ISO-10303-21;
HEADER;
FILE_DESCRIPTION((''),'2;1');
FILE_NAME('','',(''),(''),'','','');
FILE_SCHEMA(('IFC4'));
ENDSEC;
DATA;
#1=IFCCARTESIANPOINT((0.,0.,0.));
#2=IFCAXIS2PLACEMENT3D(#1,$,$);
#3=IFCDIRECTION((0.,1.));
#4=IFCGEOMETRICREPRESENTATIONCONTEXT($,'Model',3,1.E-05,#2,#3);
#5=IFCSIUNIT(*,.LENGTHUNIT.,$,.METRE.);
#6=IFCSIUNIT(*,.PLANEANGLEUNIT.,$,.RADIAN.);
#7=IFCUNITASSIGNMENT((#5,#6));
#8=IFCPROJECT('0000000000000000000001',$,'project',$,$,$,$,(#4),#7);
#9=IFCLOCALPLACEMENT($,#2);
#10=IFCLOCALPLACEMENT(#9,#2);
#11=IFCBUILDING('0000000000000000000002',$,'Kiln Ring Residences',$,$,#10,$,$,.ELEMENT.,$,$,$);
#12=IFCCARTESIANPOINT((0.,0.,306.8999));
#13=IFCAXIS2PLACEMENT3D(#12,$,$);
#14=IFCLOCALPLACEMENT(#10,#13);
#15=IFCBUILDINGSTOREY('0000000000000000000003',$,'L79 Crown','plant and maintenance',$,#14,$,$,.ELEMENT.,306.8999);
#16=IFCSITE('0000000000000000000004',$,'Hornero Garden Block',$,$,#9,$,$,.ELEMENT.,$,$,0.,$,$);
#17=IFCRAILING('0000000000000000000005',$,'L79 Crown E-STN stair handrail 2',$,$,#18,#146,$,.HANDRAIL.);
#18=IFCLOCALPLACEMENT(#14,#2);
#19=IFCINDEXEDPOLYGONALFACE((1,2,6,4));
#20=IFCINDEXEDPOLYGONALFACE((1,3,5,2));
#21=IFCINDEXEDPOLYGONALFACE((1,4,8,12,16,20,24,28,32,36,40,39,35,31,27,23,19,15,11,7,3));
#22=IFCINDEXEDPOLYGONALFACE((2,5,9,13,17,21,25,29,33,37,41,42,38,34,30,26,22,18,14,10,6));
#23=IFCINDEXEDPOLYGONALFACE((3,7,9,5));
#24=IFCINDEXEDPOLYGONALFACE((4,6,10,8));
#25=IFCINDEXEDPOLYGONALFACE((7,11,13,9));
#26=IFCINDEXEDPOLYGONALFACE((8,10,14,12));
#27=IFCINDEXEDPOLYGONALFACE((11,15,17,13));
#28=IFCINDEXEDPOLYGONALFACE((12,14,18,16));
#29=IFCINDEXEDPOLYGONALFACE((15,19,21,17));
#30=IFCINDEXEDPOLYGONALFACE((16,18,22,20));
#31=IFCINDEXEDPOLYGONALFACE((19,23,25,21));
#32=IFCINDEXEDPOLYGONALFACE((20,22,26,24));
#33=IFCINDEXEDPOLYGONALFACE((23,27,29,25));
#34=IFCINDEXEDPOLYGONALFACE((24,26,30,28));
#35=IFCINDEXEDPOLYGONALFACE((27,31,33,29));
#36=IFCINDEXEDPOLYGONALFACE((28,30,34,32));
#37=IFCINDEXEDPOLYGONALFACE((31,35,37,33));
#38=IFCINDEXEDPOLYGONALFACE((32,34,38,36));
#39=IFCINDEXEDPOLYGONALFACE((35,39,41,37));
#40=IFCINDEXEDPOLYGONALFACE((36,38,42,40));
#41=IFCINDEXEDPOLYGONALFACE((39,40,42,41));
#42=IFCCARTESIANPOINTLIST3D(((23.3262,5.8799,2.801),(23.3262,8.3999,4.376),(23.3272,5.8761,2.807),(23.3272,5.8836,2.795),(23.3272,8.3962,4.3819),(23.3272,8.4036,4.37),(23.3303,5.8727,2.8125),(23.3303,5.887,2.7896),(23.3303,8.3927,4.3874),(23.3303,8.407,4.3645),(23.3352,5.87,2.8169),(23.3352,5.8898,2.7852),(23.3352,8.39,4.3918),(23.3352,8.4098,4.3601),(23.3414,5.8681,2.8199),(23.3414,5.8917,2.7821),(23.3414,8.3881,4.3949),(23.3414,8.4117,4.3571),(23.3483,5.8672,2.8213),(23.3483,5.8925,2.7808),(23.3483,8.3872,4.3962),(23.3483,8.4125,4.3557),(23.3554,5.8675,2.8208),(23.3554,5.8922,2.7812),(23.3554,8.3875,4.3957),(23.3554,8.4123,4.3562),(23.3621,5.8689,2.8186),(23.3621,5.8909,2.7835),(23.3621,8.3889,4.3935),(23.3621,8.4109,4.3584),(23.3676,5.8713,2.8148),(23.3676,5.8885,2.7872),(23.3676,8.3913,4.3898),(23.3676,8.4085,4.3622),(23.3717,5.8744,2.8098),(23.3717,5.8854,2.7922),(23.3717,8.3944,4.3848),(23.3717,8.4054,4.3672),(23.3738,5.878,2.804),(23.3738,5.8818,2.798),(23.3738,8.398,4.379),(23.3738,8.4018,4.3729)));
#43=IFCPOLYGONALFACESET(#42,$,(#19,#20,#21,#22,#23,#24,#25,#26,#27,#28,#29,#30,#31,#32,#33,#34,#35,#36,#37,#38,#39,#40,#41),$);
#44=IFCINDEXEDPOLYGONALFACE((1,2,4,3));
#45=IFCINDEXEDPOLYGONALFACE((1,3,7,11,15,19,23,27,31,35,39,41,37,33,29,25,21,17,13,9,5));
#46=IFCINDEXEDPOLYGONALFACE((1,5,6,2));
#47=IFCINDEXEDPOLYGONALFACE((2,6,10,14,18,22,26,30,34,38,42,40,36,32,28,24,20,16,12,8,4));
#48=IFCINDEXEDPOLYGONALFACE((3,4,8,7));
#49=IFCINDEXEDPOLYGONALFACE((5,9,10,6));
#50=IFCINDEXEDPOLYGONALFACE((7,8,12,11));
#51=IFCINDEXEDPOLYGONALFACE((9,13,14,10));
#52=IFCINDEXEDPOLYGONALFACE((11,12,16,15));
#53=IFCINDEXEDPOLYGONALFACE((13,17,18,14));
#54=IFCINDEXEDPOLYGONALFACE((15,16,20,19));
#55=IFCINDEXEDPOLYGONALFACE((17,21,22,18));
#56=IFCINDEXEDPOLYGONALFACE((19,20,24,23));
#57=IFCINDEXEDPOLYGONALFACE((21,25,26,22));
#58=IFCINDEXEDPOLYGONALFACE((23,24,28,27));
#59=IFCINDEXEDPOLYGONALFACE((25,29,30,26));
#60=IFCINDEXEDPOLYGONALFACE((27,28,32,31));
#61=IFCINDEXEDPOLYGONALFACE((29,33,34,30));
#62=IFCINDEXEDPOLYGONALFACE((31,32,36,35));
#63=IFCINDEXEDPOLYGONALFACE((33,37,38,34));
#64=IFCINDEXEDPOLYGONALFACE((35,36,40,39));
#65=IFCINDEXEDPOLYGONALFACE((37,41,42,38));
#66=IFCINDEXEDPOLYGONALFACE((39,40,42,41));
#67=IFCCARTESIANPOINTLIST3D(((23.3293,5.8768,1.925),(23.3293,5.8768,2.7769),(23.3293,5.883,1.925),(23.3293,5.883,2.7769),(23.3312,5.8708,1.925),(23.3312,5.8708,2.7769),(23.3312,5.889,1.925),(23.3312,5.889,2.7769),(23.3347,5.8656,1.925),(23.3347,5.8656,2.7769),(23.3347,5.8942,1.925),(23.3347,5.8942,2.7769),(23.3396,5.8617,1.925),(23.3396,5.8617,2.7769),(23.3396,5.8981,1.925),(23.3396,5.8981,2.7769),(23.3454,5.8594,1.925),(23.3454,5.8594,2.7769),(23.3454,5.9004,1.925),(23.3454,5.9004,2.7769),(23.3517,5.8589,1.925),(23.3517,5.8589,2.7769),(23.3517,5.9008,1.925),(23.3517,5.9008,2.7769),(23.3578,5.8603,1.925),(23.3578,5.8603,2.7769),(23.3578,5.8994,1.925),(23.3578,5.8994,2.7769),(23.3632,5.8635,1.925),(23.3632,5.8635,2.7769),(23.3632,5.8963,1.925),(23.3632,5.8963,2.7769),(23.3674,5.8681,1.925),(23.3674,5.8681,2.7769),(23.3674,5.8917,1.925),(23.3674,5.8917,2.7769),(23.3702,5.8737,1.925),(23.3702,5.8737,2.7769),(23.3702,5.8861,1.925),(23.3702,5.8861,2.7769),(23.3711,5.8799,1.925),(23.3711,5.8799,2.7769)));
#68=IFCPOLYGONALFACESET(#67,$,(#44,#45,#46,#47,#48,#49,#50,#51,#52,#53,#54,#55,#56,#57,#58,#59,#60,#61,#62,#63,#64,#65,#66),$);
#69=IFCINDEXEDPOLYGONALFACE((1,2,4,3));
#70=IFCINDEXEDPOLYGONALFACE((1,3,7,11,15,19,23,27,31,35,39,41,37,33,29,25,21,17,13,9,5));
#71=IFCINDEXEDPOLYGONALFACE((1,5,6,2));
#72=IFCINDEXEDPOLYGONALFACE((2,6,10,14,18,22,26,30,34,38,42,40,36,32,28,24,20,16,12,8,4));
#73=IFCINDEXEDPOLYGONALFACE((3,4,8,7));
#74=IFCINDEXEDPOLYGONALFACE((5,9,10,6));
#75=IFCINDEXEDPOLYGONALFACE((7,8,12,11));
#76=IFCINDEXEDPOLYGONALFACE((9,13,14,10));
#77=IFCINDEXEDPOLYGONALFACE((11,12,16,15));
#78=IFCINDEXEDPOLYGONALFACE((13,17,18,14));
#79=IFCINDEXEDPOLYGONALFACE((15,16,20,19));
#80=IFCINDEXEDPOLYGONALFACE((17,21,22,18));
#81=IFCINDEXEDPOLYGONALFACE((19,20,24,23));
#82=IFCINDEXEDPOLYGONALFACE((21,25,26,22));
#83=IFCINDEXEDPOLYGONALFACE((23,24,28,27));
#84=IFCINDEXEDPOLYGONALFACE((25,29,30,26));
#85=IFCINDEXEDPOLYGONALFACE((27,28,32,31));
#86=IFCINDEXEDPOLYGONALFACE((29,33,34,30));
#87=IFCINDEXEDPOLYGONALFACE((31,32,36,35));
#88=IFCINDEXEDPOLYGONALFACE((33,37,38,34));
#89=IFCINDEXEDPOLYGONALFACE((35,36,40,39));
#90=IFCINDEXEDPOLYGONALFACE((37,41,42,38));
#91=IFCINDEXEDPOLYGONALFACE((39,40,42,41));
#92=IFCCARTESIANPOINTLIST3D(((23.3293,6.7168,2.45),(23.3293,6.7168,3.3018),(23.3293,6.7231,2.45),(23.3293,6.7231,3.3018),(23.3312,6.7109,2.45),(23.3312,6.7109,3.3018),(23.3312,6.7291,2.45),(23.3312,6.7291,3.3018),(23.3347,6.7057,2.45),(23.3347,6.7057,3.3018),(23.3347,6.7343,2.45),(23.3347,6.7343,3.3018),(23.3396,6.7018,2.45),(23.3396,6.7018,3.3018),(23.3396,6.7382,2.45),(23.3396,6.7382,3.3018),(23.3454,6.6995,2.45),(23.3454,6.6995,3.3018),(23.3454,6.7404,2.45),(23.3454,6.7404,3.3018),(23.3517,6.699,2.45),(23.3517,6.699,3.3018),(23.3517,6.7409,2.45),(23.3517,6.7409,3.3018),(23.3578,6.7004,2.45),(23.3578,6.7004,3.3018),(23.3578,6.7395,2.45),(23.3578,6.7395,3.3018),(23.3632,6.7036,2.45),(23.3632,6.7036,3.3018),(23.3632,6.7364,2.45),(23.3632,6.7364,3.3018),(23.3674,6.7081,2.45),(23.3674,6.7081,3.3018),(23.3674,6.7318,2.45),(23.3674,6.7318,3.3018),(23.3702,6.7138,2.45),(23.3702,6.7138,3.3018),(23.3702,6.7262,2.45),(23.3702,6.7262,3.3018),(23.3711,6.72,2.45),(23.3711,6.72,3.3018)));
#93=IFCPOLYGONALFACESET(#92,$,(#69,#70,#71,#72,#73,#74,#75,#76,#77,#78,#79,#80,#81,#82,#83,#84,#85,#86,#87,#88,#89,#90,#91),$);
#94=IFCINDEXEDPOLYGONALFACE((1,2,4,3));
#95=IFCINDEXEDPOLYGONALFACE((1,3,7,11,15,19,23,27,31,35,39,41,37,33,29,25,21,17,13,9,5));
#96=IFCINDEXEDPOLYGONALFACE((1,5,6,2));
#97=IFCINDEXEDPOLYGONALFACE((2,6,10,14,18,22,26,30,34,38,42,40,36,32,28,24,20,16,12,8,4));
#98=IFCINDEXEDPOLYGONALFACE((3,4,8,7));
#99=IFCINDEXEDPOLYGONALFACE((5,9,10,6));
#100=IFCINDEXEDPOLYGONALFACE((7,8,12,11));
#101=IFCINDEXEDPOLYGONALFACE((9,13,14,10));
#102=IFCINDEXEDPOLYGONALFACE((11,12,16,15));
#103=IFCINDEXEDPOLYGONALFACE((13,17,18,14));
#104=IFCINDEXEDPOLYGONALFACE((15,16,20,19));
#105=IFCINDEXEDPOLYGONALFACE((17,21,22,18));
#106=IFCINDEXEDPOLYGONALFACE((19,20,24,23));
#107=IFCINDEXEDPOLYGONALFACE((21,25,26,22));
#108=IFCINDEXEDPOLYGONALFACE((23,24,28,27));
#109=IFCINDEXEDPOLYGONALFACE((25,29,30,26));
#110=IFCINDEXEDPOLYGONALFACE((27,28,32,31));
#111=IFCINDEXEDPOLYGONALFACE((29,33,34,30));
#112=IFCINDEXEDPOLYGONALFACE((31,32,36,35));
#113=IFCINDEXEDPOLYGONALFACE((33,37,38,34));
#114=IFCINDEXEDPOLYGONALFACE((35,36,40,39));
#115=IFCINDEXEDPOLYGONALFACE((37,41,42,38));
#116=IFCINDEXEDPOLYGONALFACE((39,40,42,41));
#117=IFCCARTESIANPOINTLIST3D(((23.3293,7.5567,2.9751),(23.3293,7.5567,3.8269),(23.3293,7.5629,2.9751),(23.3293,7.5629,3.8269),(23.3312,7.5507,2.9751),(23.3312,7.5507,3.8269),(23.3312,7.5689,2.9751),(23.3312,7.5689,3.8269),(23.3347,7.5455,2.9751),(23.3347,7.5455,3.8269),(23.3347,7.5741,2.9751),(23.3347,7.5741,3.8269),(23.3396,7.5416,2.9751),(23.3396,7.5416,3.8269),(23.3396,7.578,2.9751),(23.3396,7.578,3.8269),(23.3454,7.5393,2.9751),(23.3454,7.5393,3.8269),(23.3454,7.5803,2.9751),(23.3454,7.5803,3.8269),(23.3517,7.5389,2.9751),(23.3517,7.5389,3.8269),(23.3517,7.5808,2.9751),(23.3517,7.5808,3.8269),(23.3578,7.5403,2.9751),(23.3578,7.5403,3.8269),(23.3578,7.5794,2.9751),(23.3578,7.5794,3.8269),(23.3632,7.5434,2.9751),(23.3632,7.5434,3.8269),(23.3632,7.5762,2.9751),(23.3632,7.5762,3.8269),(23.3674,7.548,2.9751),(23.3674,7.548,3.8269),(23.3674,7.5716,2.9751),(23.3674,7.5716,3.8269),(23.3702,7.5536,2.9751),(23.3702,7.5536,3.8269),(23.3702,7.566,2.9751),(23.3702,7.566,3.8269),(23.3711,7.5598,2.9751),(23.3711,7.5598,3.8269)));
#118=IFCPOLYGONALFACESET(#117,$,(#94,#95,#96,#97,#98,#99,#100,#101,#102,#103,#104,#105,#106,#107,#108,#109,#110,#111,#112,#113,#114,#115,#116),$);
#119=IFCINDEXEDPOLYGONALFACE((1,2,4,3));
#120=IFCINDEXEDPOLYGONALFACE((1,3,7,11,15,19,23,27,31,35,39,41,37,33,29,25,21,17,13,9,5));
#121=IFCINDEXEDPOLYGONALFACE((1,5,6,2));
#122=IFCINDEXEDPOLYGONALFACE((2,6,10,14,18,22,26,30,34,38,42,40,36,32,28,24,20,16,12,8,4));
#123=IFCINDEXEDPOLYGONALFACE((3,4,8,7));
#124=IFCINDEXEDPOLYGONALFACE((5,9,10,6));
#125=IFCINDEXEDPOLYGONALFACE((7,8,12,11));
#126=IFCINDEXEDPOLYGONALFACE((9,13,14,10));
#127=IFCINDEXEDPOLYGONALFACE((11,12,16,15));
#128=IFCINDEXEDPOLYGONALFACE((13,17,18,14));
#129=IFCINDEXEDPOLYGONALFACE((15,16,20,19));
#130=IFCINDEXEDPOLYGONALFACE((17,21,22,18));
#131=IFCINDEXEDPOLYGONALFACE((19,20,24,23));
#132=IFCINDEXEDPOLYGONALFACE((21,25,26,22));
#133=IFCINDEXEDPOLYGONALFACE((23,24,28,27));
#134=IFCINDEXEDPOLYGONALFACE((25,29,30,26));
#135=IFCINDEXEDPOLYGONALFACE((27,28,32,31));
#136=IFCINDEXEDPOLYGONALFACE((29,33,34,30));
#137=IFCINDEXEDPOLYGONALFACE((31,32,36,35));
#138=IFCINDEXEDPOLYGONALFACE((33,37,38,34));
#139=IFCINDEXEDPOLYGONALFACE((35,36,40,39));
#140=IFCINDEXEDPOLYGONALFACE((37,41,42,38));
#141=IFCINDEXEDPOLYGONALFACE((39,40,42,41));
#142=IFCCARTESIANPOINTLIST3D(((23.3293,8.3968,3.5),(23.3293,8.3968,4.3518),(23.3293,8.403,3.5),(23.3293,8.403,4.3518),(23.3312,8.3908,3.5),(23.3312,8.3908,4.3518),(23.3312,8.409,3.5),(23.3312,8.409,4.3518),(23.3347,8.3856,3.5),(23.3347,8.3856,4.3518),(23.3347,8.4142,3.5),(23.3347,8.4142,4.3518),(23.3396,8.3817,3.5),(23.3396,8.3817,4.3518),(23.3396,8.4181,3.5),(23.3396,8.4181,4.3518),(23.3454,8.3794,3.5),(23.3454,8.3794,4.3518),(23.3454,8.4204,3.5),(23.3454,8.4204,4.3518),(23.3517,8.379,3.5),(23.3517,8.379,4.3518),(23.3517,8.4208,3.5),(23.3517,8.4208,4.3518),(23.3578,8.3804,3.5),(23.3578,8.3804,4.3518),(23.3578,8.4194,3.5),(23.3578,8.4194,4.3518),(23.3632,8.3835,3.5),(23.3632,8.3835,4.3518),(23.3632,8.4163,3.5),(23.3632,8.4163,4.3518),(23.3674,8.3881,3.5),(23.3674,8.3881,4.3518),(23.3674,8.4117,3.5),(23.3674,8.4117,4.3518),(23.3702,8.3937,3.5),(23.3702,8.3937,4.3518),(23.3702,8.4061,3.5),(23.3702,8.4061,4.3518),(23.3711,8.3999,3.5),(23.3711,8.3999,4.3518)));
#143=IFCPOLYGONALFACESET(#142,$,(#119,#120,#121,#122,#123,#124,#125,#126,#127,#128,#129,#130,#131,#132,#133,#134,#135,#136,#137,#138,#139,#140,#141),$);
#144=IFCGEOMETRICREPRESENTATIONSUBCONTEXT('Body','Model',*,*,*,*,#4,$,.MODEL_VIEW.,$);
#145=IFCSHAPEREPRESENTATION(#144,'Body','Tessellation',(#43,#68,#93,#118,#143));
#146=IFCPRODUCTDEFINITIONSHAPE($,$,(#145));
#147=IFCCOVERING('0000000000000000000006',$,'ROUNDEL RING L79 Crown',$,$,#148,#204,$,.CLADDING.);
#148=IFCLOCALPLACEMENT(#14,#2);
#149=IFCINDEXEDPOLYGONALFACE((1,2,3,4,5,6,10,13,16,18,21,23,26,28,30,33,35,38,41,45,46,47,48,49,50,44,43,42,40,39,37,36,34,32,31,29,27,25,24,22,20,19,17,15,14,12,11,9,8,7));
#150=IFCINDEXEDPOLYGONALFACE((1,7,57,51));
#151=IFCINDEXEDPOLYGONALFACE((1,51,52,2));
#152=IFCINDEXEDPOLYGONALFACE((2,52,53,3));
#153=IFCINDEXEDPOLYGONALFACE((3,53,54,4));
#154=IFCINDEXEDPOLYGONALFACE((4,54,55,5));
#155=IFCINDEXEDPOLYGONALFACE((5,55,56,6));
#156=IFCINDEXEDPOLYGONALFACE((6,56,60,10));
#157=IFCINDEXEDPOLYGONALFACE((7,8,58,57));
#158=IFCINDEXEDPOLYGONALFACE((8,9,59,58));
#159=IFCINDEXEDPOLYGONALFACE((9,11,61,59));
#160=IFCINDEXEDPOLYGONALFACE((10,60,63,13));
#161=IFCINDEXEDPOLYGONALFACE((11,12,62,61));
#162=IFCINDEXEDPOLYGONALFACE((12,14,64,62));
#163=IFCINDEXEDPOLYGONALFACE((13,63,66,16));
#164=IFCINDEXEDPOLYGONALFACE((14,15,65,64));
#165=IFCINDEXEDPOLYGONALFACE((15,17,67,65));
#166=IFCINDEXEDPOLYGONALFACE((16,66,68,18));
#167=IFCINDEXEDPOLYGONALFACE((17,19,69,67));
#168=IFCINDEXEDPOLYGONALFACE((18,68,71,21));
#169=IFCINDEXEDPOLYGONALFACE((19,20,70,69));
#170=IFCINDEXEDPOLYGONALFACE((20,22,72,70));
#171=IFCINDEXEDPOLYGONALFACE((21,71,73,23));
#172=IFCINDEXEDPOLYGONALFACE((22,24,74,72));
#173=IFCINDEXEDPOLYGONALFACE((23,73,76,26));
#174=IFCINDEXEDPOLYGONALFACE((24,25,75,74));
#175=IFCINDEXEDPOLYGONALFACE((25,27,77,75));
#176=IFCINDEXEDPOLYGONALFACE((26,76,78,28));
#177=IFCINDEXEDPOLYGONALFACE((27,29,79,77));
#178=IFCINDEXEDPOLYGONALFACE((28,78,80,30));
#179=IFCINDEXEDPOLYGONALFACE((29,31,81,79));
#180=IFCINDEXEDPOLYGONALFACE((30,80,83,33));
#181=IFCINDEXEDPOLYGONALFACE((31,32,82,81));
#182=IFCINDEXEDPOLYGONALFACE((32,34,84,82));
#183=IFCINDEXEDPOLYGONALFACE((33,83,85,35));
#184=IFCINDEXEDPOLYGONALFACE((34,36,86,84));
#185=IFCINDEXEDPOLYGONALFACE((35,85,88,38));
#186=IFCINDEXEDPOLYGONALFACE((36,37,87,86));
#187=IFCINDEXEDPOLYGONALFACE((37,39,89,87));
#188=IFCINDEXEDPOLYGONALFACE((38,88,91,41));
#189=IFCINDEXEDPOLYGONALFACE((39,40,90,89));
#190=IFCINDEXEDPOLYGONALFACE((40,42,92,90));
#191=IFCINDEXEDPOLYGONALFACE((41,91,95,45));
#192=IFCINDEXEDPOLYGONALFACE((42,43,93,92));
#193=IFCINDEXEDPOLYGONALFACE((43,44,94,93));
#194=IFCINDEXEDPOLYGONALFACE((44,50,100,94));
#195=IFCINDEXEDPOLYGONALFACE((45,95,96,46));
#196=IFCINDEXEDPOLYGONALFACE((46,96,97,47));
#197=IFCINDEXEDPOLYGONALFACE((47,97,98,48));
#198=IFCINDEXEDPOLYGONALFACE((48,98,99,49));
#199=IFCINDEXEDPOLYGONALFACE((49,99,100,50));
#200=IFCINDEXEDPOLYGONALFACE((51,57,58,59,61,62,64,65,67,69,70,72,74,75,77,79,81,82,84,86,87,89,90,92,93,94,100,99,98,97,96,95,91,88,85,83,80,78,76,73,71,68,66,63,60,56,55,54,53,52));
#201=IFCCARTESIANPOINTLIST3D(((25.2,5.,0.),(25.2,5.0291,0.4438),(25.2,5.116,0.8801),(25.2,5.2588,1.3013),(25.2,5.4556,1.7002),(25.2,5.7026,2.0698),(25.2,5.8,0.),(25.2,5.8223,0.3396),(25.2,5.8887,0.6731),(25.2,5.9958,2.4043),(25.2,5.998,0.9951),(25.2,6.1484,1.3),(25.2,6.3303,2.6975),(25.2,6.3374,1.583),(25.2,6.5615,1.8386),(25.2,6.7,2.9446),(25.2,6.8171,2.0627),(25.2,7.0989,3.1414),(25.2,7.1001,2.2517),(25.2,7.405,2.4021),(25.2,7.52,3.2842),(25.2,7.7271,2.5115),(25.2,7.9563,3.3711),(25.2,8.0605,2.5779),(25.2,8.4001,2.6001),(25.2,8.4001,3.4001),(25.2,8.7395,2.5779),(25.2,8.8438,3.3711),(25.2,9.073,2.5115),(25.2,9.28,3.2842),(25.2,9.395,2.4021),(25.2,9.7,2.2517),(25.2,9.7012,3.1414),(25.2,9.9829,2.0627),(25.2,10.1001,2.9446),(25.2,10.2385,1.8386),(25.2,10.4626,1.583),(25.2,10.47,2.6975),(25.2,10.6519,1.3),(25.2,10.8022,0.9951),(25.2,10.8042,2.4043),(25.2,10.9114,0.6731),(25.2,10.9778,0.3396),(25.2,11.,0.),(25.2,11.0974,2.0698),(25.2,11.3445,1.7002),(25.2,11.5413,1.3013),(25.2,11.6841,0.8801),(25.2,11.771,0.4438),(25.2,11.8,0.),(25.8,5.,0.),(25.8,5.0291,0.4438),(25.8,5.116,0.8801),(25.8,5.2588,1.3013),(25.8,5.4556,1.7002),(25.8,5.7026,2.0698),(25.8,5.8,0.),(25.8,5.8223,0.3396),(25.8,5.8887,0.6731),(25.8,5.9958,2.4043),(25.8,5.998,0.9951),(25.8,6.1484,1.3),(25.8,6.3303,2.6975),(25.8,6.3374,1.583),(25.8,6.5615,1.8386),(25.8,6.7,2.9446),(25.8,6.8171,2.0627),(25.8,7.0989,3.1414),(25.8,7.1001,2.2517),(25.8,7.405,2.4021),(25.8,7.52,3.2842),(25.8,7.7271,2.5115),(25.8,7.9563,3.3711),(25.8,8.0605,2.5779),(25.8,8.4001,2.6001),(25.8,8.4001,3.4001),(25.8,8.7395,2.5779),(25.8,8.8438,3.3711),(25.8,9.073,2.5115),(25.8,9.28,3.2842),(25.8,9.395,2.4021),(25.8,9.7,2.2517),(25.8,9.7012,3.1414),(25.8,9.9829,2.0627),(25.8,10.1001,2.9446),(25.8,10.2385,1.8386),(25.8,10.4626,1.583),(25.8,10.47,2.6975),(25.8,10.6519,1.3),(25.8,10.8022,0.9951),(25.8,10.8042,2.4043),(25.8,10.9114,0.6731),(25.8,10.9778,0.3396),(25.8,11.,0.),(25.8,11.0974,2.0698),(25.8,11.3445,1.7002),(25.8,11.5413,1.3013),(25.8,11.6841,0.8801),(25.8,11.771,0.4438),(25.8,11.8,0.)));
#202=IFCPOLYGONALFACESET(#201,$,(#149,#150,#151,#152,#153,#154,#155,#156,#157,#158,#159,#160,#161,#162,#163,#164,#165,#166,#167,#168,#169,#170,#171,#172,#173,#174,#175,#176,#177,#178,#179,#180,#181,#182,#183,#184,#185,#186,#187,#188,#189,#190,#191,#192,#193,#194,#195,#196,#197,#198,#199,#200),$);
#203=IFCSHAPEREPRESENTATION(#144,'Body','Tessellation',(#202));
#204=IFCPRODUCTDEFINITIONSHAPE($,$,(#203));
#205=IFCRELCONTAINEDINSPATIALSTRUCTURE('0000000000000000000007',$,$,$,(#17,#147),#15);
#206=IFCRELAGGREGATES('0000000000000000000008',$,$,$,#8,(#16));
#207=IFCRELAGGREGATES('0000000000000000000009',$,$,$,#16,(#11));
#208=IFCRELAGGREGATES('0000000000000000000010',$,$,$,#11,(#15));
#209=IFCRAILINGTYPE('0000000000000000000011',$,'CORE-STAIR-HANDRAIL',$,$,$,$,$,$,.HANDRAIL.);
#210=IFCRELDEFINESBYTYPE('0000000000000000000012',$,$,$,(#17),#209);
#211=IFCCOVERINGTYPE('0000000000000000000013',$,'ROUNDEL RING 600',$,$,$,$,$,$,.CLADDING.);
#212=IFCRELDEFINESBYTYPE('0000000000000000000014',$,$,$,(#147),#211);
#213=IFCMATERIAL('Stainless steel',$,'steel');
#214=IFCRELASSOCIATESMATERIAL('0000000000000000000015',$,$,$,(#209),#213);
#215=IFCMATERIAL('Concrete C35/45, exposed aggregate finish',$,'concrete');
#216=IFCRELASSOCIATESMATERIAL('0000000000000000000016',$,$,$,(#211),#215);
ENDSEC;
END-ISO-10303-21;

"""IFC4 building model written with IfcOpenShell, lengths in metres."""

from ifc_helpers import new_model, si_unit, direction, frame, origin, origin_2d, place, context, subcontext, project, spatial, polyline, circle, outline, extrude, material, type_object, element, save


model = new_model("IFC4")

# Units and contexts
model_context = context("Model", 3, precision=1e-05, world=origin(), true_north=direction((0.0, 1.0)))
body_context = subcontext(model_context, "Body", "Model", "MODEL_VIEW")
ifc_project = project(units=[si_unit("LENGTHUNIT", "METRE"), si_unit("PLANEANGLEUNIT", "RADIAN")], contexts=[model_context])

# Site, building, storey
site_placement = place(None, origin())
site = spatial("IfcSite", under=ifc_project, at=site_placement, Name="Hornero Garden Block", CompositionType="ELEMENT", RefElevation=0.0)
building_placement = place(site_placement, origin())
building = spatial("IfcBuilding", under=site, at=building_placement, Name="Kiln Ring Residences", CompositionType="ELEMENT")
storey_placement = place(building_placement, frame((0.0, 0.0, 306.8999)))
storey = spatial("IfcBuildingStorey", under=building, at=storey_placement, Name="L79 Crown", Description="plant and maintenance", CompositionType="ELEMENT", Elevation=306.8999)

# Railing
ifc_material_1 = material(Name="Stainless steel", Category="steel")
railing_type_1 = type_object("IfcRailingType", Name="CORE-STAIR-HANDRAIL", PredefinedType="HANDRAIL", material=ifc_material_1)
railing_1_placement = place(storey_placement, frame((23.3501, 5.8799, 1.925)))
element("IfcRailing", 1, at=railing_1_placement, inside=storey, type_object=railing_type_1, Name="L79 Crown E-STN stair handrail 2", PredefinedType="HANDRAIL", context=body_context, shape_type="SweptSolid", body=[
    extrude(circle(Radius=0.0239, at=origin_2d()), frame((0.0, 0.0, 0.876), z_axis=(0.0, 0.848008, 0.529984), x_axis=(-1.0, 0.0, 0.0)), (0.0, 0.0, 1.0), 2.9717),
    extrude(circle(Radius=0.021, at=origin_2d()), origin(), (0.0, 0.0, 1.0), 0.8518),
    extrude(circle(Radius=0.021, at=origin_2d()), frame((0.0, 0.8401, 0.5249)), (0.0, 0.0, 1.0), 0.8518),
    extrude(circle(Radius=0.021, at=origin_2d()), frame((0.0, 1.6799, 1.05)), (0.0, 0.0, 1.0), 0.8518),
    extrude(circle(Radius=0.021, at=origin_2d()), frame((0.0, 2.52, 1.575)), (0.0, 0.0, 1.0), 0.8518),
])

# Covering
ifc_material_2 = material(Name="Concrete C35/45, exposed aggregate finish", Category="concrete")
covering_type = type_object("IfcCoveringType", Name="ROUNDEL RING 600", PredefinedType="CLADDING", material=ifc_material_2)
covering_1_placement = place(storey_placement, frame((25.5, 11.8, 0.0), z_axis=(0.0, 0.0, 1.0), x_axis=(0.0, -1.0, 0.0)))
element("IfcCovering", 2, at=covering_1_placement, inside=storey, type_object=covering_type, Name="ROUNDEL RING L79 Crown", PredefinedType="CLADDING", context=body_context, shape_type="SweptSolid", body=[
    extrude(outline(polyline([(0.0, 0.0), (0.0291, 0.4438), (0.116, 0.8801), (0.2588, 1.3013), (0.4556, 1.7002), (0.7026, 2.0698), (0.9958, 2.4043), (1.3301, 2.6975), (1.7, 2.9446), (2.0989, 3.1414), (2.52, 3.2842), (2.9563, 3.3711), (3.3999, 3.4001), (3.8438, 3.3711), (4.28, 3.2842), (4.7012, 3.1414), (5.1001, 2.9446), (5.4697, 2.6975), (5.8042, 2.4043), (6.0974, 2.0698), (6.3445, 1.7002), (6.5413, 1.3013), (6.6841, 0.8801), (6.771, 0.4438), (6.8, 0.0), (6.0, 0.0), (5.9778, 0.3396), (5.9114, 0.6731), (5.802, 0.9951), (5.6516, 1.3), (5.4626, 1.583), (5.2385, 1.8386), (4.9829, 2.0627), (4.7, 2.2517), (4.395, 2.4021), (4.073, 2.5115), (3.7395, 2.5779), (3.3999, 2.6001), (3.0605, 2.5779), (2.7271, 2.5115), (2.405, 2.4021), (2.1001, 2.2517), (1.8171, 2.0627), (1.5615, 1.8386), (1.3374, 1.583), (1.1482, 1.3), (0.9978, 0.9951), (0.8887, 0.6731), (0.8223, 0.3396), (0.8, 0.0), (0.0, 0.0)])), frame((0.0, 0.3, 0.0), z_axis=(0.0, -1.0, 0.0), x_axis=(1.0, 0.0, 0.0)), (0.0, 0.0, 1.0), 0.6001),
])

save(model, "model.ifc")
